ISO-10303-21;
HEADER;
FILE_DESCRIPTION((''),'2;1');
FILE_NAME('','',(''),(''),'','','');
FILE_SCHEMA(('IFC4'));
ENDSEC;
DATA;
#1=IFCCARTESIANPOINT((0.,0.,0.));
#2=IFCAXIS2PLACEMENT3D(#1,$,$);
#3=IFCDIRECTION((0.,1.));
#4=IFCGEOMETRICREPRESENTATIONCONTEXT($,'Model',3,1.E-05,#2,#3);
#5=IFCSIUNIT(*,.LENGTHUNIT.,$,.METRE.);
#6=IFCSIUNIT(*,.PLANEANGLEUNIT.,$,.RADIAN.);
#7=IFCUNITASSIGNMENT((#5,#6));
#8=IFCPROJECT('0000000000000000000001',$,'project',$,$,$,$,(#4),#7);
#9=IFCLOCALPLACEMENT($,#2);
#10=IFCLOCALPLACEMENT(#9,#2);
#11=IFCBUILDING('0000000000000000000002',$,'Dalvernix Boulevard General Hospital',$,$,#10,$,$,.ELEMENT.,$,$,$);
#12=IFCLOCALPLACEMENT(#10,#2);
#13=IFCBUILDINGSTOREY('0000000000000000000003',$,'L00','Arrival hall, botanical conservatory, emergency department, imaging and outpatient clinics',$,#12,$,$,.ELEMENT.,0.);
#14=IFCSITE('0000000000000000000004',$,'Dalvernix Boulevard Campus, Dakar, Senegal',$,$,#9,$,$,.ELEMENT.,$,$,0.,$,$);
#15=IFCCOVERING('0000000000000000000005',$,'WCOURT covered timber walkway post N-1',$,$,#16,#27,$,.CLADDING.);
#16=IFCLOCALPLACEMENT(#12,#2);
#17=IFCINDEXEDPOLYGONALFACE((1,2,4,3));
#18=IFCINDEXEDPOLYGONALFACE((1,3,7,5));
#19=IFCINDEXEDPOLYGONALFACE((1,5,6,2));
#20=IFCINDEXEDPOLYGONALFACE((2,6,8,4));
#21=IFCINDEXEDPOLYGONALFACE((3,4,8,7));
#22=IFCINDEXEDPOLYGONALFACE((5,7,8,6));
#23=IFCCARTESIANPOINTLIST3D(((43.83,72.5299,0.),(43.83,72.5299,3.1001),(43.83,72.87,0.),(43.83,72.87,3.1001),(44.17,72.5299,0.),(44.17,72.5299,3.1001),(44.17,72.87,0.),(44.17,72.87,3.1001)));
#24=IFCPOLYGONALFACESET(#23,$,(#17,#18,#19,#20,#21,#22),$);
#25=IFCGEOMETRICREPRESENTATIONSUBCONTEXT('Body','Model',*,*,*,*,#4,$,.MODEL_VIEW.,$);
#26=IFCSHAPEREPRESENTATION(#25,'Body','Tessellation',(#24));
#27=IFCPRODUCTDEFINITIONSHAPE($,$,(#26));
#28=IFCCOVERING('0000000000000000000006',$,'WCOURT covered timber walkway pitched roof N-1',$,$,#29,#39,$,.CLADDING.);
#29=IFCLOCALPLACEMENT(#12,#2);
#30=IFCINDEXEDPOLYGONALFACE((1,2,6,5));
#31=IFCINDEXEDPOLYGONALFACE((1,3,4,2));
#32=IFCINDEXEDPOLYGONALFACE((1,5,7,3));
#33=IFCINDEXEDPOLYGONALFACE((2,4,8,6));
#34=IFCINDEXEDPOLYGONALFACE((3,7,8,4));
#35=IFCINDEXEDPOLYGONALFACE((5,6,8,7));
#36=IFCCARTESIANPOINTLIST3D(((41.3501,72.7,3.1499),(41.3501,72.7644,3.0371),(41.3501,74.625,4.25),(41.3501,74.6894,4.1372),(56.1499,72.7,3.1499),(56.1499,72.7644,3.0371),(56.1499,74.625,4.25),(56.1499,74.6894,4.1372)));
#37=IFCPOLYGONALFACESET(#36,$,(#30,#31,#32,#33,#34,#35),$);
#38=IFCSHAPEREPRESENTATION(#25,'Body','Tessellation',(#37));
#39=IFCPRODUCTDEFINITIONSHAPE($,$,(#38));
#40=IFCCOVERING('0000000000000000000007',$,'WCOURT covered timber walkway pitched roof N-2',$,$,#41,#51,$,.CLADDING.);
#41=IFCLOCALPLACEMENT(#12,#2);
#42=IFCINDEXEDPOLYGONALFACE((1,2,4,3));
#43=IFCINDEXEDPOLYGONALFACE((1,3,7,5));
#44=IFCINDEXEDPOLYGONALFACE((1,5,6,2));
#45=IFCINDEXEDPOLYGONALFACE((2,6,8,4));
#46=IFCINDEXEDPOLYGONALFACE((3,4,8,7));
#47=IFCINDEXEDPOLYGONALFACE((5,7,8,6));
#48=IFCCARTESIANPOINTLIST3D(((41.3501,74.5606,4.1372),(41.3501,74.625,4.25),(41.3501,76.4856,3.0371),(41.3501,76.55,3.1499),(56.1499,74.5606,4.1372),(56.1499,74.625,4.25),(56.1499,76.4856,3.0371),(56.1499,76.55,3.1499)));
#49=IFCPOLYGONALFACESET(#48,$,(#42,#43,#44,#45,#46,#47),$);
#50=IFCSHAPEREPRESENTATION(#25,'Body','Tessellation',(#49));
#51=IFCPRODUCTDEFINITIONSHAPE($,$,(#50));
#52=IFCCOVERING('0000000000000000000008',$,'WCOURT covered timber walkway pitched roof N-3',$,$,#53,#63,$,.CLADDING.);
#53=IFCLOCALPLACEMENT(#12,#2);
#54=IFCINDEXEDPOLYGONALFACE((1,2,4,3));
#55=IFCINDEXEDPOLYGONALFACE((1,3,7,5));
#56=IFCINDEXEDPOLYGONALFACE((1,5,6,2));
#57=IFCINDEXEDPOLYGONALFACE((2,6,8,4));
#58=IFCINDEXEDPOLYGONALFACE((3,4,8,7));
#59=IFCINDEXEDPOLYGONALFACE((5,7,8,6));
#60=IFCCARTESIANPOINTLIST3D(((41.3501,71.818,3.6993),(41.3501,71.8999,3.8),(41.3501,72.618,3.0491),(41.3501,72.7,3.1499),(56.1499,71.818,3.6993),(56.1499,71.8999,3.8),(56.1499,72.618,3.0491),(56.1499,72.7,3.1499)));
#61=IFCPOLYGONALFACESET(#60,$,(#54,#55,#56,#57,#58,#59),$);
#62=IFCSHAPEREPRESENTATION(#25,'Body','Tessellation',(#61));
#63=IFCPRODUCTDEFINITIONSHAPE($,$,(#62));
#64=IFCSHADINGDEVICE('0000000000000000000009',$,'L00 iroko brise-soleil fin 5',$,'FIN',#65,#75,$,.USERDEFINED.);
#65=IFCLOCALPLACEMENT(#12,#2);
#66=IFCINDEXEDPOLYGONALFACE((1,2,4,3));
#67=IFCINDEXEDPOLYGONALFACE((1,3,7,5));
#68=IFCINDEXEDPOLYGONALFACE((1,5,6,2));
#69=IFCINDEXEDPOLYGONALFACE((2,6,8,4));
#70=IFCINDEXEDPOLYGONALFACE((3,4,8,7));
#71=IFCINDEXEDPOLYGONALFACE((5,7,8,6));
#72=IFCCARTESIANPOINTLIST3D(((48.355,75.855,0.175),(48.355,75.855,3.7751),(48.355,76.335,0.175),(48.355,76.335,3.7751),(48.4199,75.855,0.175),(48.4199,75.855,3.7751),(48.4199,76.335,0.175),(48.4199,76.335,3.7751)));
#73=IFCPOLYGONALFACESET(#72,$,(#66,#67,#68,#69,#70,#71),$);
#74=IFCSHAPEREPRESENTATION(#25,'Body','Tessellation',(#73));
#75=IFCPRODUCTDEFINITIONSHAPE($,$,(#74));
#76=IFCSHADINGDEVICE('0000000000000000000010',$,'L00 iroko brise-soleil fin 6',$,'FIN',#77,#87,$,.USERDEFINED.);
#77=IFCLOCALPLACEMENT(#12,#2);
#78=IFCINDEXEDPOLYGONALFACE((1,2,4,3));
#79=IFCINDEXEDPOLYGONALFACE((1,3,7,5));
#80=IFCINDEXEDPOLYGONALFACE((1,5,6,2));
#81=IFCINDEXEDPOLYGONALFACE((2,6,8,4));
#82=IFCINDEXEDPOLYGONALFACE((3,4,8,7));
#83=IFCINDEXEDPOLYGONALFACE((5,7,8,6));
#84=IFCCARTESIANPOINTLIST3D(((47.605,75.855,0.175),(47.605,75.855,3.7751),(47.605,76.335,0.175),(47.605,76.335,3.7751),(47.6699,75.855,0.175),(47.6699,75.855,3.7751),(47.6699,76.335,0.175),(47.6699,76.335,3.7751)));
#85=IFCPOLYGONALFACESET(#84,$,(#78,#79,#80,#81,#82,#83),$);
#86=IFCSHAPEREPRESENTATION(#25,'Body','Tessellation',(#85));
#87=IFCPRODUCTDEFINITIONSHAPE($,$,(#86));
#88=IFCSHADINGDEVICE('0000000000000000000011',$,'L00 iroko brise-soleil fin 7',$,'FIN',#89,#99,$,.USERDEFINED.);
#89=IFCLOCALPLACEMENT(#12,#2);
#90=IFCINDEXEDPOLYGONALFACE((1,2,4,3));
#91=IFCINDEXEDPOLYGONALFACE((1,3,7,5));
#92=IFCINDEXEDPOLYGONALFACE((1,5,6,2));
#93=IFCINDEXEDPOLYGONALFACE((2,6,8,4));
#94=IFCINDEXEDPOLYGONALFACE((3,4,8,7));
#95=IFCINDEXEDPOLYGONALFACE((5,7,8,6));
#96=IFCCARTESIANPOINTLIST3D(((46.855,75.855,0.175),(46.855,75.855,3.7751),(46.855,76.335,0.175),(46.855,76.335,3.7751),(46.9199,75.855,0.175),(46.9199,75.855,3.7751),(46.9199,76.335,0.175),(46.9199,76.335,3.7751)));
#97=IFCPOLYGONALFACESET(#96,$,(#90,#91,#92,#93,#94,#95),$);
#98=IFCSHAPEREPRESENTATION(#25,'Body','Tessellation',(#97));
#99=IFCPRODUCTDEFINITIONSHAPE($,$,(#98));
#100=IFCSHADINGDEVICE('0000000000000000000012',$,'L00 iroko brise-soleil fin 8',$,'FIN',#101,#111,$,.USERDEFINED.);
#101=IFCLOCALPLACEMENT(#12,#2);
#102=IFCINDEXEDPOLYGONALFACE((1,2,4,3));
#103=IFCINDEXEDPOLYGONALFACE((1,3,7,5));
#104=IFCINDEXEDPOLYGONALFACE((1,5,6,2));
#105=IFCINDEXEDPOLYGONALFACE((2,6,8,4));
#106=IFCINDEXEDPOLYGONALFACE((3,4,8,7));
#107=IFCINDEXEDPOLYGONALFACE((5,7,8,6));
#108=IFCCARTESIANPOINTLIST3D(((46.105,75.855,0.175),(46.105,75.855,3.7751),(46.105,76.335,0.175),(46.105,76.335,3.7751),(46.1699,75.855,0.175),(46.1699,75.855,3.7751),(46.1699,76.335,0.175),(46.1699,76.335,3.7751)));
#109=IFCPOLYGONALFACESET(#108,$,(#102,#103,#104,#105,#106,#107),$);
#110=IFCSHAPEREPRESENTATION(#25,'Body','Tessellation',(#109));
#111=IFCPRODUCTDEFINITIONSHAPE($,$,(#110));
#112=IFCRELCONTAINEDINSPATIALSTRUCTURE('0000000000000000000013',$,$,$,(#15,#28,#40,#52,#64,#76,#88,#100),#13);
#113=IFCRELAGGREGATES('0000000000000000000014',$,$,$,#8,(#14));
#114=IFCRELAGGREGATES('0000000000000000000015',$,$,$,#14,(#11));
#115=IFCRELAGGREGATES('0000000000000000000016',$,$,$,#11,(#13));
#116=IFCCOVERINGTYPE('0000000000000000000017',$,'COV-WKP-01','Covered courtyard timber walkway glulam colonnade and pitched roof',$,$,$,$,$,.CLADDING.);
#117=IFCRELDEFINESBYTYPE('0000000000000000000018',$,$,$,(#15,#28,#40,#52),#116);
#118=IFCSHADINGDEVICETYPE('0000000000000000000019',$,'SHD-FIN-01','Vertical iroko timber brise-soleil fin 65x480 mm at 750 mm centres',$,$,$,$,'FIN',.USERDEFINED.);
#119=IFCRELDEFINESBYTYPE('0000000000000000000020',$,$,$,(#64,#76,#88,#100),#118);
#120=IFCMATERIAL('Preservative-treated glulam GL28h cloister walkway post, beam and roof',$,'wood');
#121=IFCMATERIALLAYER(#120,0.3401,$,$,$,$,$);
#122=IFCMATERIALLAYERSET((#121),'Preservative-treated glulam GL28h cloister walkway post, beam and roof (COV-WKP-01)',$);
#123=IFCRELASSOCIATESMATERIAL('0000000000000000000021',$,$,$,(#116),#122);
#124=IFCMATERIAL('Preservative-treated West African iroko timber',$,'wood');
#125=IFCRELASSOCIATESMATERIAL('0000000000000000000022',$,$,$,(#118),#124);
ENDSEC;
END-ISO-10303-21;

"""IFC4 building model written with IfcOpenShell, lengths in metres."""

from ifc_helpers import new_model, si_unit, direction, frame, origin, origin_2d, place, context, subcontext, project, spatial, polyline, rectangle, outline, extrude, material, layer, layer_set, type_object, element, save


model = new_model("IFC4")

# Units and contexts
model_context = context("Model", 3, precision=1e-05, world=origin(), true_north=direction((0.0, 1.0)))
body_context = subcontext(model_context, "Body", "Model", "MODEL_VIEW")
ifc_project = project(units=[si_unit("LENGTHUNIT", "METRE"), si_unit("PLANEANGLEUNIT", "RADIAN")], contexts=[model_context])

# Site, building, storey
site_placement = place(None, origin())
site = spatial("IfcSite", under=ifc_project, at=site_placement, Name="Dalvernix Boulevard Campus, Dakar, Senegal", CompositionType="ELEMENT", RefElevation=0.0)
building_placement = place(site_placement, origin())
building = spatial("IfcBuilding", under=site, at=building_placement, Name="Dalvernix Boulevard General Hospital", CompositionType="ELEMENT")
storey_placement = place(building_placement, origin())
storey = spatial("IfcBuildingStorey", under=building, at=storey_placement, Name="L00", Description="Arrival hall, botanical conservatory, emergency department, imaging and outpatient clinics", CompositionType="ELEMENT", Elevation=0.0)

# Coverings
ifc_material_1 = material(Name="Preservative-treated glulam GL28h cloister walkway post, beam and roof", Category="wood")
ifc_layer_1 = layer(ifc_material_1, 0.3401)
ifc_layer_set_1 = layer_set([ifc_layer_1], Name="Preservative-treated glulam GL28h cloister walkway post, beam and roof (COV-WKP-01)")
covering_type_1 = type_object("IfcCoveringType", Name="COV-WKP-01", Description="Covered courtyard timber walkway glulam colonnade and pitched roof", PredefinedType="CLADDING", material=ifc_layer_set_1)
for number, where, z_axis, x_axis, name in (
    (1, (44.0, 72.7, 0.0), (0.0, 0.0, 1.0), (1.0, 0.0, 0.0), "WCOURT covered timber walkway post N-1"),
):
    element("IfcCovering", number, at=place(storey_placement, frame(where, z_axis=z_axis, x_axis=x_axis)), inside=storey, type_object=covering_type_1, Name=name, PredefinedType="CLADDING", context=body_context, shape_type="SweptSolid", body=[
        extrude(rectangle(XDim=0.3401, YDim=0.3401, at=origin_2d()), origin(), (0.0, 0.0, 1.0), 3.1001),
    ])
for number, where, z_axis, x_axis, name in (
    (2, (41.3501, 72.7, 3.1499), (0.0, -0.496163, 0.86823), (1.0, 0.0, 0.0), "WCOURT covered timber walkway pitched roof N-1"),
    (3, (41.3501, 74.625, 4.25), (0.0, 0.496163, 0.86823), (1.0, 0.0, 0.0), "WCOURT covered timber walkway pitched roof N-2"),
):
    element("IfcCovering", number, at=place(storey_placement, frame(where, z_axis=z_axis, x_axis=x_axis)), inside=storey, type_object=covering_type_1, Name=name, PredefinedType="CLADDING", context=body_context, shape_type="SweptSolid", body=[
        extrude(outline(polyline([(0.0, 0.0), (14.7998, 0.0), (14.7998, 2.2172), (0.0, 2.2172), (0.0, 0.0)])), origin(), (0.0, 0.0, -1.0), 0.1299),
    ])
covering_1_placement = place(storey_placement, frame((41.3501, 72.7, 3.1499), z_axis=(0.0, 0.630655, 0.776063), x_axis=(1.0, 0.0, 0.0)))
element("IfcCovering", 4, at=covering_1_placement, inside=storey, type_object=covering_type_1, Name="WCOURT covered timber walkway pitched roof N-3", PredefinedType="CLADDING", context=body_context, shape_type="SweptSolid", body=[
    extrude(outline(polyline([(0.0, 0.0), (14.7998, 0.0), (14.7998, -1.0309), (0.0, -1.0309), (0.0, 0.0)])), origin(), (0.0, 0.0, -1.0), 0.1299),
])

# Shading devices
ifc_material_2 = material(Name="Preservative-treated West African iroko timber", Category="wood")
shading_device_type = type_object("IfcShadingDeviceType", Name="SHD-FIN-01", Description="Vertical iroko timber brise-soleil fin 65x480 mm at 750 mm centres", ElementType="FIN", PredefinedType="USERDEFINED", material=ifc_material_2)
for number, where, z_axis, x_axis, name in (
    (5, (48.3875, 76.095, 0.175), (0.0, 0.0, 1.0), (-1.0, 0.0, 0.0), "L00 iroko brise-soleil fin 5"),
    (6, (47.6375, 76.095, 0.175), (0.0, 0.0, 1.0), (-1.0, 0.0, 0.0), "L00 iroko brise-soleil fin 6"),
    (7, (46.8875, 76.095, 0.175), (0.0, 0.0, 1.0), (-1.0, 0.0, 0.0), "L00 iroko brise-soleil fin 7"),
    (8, (46.1375, 76.095, 0.175), (0.0, 0.0, 1.0), (-1.0, 0.0, 0.0), "L00 iroko brise-soleil fin 8"),
):
    element("IfcShadingDevice", number, at=place(storey_placement, frame(where, z_axis=z_axis, x_axis=x_axis)), inside=storey, type_object=shading_device_type, Name=name, ObjectType="FIN", PredefinedType="USERDEFINED", context=body_context, shape_type="SweptSolid", body=[
        extrude(rectangle(XDim=0.0649, YDim=0.48, at=origin_2d()), origin(), (0.0, 0.0, 1.0), 3.6001),
    ])

save(model, "model.ifc")
